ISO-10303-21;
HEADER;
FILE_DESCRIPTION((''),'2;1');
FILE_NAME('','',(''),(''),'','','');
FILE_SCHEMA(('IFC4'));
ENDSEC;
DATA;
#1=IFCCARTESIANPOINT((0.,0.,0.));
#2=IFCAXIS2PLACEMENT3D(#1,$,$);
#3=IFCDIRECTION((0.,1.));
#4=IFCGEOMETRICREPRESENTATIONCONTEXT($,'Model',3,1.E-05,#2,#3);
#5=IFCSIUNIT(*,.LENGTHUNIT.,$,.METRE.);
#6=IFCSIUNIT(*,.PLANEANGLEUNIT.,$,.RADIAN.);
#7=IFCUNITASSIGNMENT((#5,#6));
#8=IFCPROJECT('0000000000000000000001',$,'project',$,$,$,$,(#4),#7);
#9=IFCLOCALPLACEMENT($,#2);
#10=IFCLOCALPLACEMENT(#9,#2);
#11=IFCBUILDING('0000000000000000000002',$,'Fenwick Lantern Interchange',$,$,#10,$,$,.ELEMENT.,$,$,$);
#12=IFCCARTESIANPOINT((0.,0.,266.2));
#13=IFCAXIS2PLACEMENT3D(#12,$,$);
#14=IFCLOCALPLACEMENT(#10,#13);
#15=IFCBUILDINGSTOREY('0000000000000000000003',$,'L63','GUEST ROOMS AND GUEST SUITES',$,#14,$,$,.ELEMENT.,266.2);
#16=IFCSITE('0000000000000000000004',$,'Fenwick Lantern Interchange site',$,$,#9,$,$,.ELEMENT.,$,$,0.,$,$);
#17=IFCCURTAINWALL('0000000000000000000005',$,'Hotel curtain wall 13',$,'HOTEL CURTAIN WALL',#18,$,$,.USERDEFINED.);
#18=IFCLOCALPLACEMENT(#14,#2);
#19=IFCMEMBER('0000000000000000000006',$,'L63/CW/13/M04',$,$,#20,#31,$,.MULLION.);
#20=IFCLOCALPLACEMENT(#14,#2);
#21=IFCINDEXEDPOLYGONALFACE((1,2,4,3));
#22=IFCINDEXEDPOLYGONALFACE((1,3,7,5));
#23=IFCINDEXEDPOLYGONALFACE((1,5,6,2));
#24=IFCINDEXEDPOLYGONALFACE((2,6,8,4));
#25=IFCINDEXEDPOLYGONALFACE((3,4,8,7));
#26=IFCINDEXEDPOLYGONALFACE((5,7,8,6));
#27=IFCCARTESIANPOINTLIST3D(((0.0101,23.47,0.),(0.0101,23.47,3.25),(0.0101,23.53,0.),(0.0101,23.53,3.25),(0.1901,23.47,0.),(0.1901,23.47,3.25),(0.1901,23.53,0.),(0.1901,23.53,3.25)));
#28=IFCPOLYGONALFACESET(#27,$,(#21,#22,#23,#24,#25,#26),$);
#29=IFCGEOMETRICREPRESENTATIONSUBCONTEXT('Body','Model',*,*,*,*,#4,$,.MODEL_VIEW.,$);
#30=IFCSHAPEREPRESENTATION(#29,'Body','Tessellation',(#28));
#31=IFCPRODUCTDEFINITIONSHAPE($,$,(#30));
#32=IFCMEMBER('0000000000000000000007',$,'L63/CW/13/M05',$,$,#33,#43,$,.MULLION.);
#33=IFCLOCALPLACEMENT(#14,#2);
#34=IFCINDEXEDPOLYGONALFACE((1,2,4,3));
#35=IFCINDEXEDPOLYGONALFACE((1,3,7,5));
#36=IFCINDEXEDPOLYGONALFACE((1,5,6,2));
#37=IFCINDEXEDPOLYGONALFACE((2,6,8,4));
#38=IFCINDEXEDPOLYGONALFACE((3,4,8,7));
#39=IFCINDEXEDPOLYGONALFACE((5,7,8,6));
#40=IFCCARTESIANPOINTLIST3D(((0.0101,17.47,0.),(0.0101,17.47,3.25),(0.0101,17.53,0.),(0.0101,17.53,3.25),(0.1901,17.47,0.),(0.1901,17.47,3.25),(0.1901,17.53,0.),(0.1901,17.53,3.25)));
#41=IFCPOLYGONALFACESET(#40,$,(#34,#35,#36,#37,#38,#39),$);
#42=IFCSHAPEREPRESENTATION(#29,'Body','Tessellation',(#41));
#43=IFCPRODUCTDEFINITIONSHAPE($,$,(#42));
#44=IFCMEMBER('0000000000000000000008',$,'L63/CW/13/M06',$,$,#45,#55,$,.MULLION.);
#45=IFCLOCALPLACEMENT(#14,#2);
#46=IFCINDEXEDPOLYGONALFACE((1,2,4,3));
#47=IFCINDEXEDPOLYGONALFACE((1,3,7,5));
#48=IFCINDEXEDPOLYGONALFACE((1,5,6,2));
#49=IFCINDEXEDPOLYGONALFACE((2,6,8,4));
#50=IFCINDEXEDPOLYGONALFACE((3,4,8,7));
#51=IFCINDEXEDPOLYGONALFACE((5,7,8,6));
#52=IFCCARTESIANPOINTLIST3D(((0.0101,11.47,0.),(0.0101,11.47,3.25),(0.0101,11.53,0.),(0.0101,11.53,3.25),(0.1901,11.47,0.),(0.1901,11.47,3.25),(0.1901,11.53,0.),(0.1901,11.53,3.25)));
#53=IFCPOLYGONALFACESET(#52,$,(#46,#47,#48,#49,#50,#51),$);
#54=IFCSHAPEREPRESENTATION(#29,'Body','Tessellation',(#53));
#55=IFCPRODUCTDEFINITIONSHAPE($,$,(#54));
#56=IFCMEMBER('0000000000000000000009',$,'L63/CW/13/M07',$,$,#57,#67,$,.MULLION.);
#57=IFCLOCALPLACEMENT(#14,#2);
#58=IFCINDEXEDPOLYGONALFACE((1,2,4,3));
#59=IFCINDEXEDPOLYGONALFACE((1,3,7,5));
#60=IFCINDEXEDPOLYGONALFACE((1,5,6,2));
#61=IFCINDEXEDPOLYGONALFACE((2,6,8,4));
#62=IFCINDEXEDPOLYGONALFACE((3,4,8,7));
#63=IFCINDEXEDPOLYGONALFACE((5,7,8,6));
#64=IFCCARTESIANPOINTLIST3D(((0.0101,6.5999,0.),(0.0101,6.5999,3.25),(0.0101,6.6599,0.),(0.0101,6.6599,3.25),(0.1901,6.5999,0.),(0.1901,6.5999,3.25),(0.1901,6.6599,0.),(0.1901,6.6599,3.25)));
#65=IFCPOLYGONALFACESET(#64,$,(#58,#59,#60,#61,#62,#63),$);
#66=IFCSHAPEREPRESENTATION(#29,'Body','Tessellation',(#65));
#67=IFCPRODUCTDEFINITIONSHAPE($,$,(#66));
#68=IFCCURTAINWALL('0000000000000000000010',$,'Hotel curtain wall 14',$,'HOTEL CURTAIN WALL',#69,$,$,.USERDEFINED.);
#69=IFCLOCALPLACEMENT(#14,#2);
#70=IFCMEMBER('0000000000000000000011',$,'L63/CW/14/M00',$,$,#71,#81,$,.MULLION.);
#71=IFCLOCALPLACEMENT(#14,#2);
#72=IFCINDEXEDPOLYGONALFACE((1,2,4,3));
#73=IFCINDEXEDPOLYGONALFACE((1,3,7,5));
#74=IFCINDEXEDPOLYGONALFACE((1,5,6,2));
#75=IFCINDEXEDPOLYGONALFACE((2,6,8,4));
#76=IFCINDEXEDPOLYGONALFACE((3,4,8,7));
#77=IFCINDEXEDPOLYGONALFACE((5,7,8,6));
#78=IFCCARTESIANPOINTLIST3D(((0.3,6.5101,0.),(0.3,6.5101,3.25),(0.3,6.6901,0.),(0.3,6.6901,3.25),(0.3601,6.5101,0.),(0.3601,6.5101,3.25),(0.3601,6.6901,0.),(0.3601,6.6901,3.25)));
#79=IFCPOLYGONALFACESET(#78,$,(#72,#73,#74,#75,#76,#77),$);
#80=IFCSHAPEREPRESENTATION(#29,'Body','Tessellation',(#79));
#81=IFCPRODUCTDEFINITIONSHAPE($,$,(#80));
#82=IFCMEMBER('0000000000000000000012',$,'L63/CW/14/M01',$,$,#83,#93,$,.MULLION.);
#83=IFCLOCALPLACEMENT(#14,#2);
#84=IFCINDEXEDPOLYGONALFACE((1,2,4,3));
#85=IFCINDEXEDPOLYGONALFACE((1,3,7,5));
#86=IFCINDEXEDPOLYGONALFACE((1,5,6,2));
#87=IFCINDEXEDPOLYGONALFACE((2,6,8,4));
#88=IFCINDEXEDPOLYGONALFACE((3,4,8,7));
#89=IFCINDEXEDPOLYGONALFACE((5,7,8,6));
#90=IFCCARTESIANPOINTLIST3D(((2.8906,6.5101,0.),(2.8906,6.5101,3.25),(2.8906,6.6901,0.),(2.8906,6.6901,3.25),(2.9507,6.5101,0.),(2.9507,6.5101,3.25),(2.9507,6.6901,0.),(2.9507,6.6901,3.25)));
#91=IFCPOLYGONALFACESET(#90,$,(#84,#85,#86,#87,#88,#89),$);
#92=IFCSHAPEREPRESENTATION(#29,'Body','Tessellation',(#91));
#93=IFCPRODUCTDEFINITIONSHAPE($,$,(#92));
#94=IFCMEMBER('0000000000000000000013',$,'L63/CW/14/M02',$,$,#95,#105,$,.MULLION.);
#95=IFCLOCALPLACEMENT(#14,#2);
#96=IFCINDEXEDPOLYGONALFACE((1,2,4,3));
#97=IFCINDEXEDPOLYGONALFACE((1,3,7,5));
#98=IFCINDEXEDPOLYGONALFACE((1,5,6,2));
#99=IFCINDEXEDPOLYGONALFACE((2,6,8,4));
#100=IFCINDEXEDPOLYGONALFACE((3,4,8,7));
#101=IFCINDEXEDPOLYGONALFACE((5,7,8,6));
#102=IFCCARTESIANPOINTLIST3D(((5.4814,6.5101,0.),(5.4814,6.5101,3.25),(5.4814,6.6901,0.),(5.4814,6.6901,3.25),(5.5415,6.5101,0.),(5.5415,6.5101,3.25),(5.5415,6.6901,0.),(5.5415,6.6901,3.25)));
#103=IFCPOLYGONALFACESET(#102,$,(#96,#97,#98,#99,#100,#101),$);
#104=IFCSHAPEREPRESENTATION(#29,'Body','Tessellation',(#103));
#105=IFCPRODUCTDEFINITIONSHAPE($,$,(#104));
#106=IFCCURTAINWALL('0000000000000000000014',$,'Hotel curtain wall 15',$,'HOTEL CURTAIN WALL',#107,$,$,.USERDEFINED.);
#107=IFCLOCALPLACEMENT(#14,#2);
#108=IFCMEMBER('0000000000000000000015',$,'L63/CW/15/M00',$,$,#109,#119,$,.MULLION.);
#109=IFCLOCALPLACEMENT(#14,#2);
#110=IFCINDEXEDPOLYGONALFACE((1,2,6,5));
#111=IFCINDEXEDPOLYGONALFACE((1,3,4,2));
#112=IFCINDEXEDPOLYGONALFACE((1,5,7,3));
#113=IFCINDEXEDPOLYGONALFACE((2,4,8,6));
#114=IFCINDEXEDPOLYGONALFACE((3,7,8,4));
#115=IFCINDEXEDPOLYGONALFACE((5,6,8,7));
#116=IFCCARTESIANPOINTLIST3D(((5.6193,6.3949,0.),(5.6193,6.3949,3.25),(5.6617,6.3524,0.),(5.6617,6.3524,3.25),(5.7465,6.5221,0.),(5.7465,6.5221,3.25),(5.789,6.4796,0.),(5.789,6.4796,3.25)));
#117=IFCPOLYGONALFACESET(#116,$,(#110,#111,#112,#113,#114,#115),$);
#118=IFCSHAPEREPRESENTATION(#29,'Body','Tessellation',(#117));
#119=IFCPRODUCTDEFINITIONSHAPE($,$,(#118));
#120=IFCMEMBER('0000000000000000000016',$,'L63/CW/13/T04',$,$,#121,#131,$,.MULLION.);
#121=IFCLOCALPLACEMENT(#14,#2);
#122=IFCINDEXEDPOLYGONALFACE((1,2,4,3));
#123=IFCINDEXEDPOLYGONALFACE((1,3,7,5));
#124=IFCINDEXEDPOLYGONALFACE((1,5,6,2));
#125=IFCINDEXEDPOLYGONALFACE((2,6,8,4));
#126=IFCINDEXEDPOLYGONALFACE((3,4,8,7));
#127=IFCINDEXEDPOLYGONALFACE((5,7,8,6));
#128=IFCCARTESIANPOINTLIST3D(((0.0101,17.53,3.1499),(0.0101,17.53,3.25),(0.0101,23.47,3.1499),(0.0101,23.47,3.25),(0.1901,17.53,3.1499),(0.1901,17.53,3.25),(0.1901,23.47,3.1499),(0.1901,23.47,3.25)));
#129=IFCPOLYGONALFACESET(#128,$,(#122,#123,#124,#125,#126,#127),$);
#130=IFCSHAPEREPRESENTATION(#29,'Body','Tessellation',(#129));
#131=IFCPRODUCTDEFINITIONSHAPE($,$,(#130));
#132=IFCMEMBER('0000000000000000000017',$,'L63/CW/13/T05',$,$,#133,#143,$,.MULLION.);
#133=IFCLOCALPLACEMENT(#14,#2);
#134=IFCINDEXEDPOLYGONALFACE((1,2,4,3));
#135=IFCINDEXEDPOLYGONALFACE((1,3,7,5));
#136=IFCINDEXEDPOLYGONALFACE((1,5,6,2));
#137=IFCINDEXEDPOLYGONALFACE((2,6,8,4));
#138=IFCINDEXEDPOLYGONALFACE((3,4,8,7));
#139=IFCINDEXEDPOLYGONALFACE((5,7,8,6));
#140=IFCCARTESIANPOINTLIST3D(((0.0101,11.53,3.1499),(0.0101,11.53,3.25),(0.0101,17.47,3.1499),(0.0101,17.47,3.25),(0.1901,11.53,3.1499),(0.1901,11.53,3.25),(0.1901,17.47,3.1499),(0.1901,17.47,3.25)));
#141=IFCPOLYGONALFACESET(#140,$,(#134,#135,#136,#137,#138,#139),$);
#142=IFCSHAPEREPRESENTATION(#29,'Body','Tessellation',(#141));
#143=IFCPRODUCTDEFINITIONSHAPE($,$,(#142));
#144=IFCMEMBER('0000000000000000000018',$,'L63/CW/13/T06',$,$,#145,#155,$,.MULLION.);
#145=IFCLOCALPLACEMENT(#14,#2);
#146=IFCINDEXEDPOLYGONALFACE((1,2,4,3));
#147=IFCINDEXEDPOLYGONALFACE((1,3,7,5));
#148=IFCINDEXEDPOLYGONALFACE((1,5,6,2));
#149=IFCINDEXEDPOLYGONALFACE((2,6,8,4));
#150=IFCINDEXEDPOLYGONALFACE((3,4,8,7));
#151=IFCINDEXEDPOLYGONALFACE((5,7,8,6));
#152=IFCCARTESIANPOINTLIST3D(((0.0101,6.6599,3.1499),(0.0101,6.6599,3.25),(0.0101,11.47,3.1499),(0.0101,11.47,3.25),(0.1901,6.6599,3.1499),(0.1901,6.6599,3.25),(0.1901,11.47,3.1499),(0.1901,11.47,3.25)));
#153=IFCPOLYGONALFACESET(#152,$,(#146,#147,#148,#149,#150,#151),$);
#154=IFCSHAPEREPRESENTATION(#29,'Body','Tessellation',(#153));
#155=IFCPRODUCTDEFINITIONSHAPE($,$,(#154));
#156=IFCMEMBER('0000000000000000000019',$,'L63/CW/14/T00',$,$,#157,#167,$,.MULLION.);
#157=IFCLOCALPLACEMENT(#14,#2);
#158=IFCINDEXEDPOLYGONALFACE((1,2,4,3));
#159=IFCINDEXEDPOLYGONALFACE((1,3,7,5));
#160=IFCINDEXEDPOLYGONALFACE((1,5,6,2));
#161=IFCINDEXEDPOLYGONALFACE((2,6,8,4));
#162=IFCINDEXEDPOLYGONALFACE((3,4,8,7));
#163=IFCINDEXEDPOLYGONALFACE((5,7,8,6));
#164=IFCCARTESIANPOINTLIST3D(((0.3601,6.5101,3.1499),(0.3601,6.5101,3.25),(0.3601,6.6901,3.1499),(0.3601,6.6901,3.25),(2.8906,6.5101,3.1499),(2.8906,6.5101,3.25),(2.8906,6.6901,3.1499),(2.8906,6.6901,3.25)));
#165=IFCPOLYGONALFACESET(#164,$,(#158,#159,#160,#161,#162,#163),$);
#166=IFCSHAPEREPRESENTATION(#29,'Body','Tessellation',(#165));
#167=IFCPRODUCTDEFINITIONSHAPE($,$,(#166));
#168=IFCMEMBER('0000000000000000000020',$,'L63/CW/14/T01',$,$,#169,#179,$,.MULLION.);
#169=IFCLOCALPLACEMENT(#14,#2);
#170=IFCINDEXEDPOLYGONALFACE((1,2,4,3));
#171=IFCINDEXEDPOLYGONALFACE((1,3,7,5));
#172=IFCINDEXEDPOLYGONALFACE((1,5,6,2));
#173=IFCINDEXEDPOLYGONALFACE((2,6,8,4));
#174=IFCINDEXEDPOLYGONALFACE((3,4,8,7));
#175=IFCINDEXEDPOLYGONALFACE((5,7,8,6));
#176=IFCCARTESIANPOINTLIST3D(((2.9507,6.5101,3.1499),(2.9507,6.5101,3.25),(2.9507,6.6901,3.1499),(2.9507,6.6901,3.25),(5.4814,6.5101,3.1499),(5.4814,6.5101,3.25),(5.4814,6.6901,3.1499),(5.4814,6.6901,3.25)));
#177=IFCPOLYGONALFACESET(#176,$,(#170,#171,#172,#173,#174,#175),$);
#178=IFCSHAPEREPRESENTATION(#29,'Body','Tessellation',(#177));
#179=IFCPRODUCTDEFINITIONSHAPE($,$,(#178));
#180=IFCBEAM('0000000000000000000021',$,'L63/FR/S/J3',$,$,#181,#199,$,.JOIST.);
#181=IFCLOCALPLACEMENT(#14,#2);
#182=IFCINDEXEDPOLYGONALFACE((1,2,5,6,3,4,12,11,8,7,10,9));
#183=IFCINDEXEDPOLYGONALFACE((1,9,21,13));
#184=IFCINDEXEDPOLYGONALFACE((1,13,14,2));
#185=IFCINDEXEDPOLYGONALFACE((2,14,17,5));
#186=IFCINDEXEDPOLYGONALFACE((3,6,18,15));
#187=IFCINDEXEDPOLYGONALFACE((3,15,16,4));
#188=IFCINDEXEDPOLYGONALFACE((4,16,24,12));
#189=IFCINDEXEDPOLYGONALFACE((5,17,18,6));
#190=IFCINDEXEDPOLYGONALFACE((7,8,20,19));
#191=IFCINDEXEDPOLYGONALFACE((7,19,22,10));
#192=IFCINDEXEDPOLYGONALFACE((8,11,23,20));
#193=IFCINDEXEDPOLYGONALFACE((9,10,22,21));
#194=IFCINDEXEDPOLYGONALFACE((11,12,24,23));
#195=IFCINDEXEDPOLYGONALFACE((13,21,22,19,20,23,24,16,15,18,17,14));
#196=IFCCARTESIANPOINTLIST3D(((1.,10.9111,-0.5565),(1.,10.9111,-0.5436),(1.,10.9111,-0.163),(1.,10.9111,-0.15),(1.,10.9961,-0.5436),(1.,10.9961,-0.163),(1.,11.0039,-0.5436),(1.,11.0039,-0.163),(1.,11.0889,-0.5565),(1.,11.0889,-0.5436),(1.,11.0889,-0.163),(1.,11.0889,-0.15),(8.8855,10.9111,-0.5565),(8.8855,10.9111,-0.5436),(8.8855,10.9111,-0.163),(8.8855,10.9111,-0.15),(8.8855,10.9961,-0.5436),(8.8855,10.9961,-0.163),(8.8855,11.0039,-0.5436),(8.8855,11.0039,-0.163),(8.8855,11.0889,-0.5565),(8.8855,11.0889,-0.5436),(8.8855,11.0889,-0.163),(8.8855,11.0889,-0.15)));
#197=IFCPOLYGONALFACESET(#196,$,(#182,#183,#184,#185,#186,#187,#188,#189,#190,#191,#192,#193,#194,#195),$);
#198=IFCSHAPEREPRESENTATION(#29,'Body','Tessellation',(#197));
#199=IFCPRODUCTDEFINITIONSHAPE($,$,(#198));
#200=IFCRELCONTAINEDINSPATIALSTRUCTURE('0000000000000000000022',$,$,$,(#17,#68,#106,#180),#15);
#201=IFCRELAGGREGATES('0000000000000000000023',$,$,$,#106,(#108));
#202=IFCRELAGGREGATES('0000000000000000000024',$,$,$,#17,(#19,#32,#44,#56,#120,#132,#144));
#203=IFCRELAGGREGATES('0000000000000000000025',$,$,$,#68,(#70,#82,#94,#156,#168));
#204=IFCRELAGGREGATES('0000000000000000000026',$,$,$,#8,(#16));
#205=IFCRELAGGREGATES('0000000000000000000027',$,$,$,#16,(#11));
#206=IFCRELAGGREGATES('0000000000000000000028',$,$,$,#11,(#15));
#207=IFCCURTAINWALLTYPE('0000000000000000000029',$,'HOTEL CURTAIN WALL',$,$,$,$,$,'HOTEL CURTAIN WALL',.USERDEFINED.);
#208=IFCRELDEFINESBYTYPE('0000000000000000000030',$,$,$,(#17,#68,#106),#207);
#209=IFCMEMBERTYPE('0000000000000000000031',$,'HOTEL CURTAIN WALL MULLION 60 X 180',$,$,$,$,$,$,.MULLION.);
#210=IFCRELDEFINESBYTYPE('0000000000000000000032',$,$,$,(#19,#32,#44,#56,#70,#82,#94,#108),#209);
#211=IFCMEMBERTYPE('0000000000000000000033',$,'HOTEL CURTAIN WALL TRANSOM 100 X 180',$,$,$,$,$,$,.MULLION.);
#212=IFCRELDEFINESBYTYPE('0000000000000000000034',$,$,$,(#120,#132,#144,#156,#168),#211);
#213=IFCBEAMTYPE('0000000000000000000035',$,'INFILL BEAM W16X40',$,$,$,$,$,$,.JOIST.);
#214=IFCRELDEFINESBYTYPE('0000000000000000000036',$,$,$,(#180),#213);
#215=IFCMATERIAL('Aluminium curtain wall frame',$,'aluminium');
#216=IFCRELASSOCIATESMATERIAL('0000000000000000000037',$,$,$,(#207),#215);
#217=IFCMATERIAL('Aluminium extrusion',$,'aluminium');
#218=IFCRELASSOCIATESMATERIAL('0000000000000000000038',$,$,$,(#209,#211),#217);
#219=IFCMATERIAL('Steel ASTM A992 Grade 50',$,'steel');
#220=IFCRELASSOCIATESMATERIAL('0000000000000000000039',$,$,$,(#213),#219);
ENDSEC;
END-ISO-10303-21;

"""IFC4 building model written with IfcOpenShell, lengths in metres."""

from ifc_helpers import new_model, si_unit, direction, frame, origin, origin_2d, place, context, subcontext, project, spatial, rectangle, i_section, extrude, material, material_profile, profile_set, type_object, element, aggregate, save


model = new_model("IFC4")

# Units and contexts
model_context = context("Model", 3, precision=1e-05, world=origin(), true_north=direction((0.0, 1.0)))
body_context = subcontext(model_context, "Body", "Model", "MODEL_VIEW")
ifc_project = project(units=[si_unit("LENGTHUNIT", "METRE"), si_unit("PLANEANGLEUNIT", "RADIAN")], contexts=[model_context])

# Site, building, storey
site_placement = place(None, origin())
site = spatial("IfcSite", under=ifc_project, at=site_placement, Name="Fenwick Lantern Interchange site", CompositionType="ELEMENT", RefElevation=0.0)
building_placement = place(site_placement, origin())
building = spatial("IfcBuilding", under=site, at=building_placement, Name="Fenwick Lantern Interchange", CompositionType="ELEMENT")
storey_placement = place(building_placement, frame((0.0, 0.0, 266.2)))
storey = spatial("IfcBuildingStorey", under=building, at=storey_placement, Name="L63", Description="GUEST ROOMS AND GUEST SUITES", CompositionType="ELEMENT", Elevation=266.2)

# Shared definitions
ifc_material_1 = material(Name="Steel ASTM A992 Grade 50", Category="steel")

# Curtain walls, members
ifc_material_2 = material(Name="Aluminium curtain wall frame", Category="aluminium")
curtain_wall_type = type_object("IfcCurtainWallType", Name="HOTEL CURTAIN WALL", ElementType="HOTEL CURTAIN WALL", PredefinedType="USERDEFINED", material=ifc_material_2)
curtain_wall_1_placement = place(storey_placement, origin())
curtain_wall_1 = element("IfcCurtainWall", 1, at=curtain_wall_1_placement, inside=storey, type_object=curtain_wall_type, Name="Hotel curtain wall 13", ObjectType="HOTEL CURTAIN WALL", PredefinedType="USERDEFINED")
ifc_material_3 = material(Name="Aluminium extrusion", Category="aluminium")
ifc_material_profile_1 = material_profile(ifc_material_3, rectangle(XDim=0.1799, YDim=0.0601, at=origin_2d()), Name="HOTEL CURTAIN WALL MULLION 60 X 180")
ifc_profile_set_1 = profile_set([ifc_material_profile_1], Name="Aluminium extrusion")
member_type_1 = type_object("IfcMemberType", Name="HOTEL CURTAIN WALL MULLION 60 X 180", PredefinedType="MULLION", material=ifc_profile_set_1)
member_1_placement = place(storey_placement, frame((0.1001, 23.5, 0.0), z_axis=(0.0, 0.0, 1.0), x_axis=(1.0, 0.0, 0.0)))
member_1 = element("IfcMember", 2, at=member_1_placement, type_object=member_type_1, Name="L63/CW/13/M04", PredefinedType="MULLION", context=body_context, shape_type="SweptSolid", body=[
    extrude(rectangle(XDim=0.1799, YDim=0.0601, at=origin_2d()), origin(), (0.0, 0.0, 1.0), 3.25),
])
member_2_placement = place(storey_placement, frame((0.1001, 17.5, 0.0), z_axis=(0.0, 0.0, 1.0), x_axis=(1.0, 0.0, 0.0)))
member_2 = element("IfcMember", 3, at=member_2_placement, type_object=member_type_1, Name="L63/CW/13/M05", PredefinedType="MULLION", context=body_context, shape_type="SweptSolid", body=[
    extrude(rectangle(XDim=0.1799, YDim=0.0601, at=origin_2d()), origin(), (0.0, 0.0, 1.0), 3.25),
])
member_3_placement = place(storey_placement, frame((0.1001, 11.5, 0.0), z_axis=(0.0, 0.0, 1.0), x_axis=(1.0, 0.0, 0.0)))
member_3 = element("IfcMember", 4, at=member_3_placement, type_object=member_type_1, Name="L63/CW/13/M06", PredefinedType="MULLION", context=body_context, shape_type="SweptSolid", body=[
    extrude(rectangle(XDim=0.1799, YDim=0.0601, at=origin_2d()), origin(), (0.0, 0.0, 1.0), 3.25),
])
member_4_placement = place(storey_placement, frame((0.1001, 6.6299, 0.0), z_axis=(0.0, 0.0, 1.0), x_axis=(1.0, 0.0, 0.0)))
member_4 = element("IfcMember", 5, at=member_4_placement, type_object=member_type_1, Name="L63/CW/13/M07", PredefinedType="MULLION", context=body_context, shape_type="SweptSolid", body=[
    extrude(rectangle(XDim=0.1799, YDim=0.0601, at=origin_2d()), origin(), (0.0, 0.0, 1.0), 3.25),
])
curtain_wall_2_placement = place(storey_placement, origin())
curtain_wall_2 = element("IfcCurtainWall", 6, at=curtain_wall_2_placement, inside=storey, type_object=curtain_wall_type, Name="Hotel curtain wall 14", ObjectType="HOTEL CURTAIN WALL", PredefinedType="USERDEFINED")
member_5_placement = place(storey_placement, frame((0.3301, 6.6001, 0.0), z_axis=(0.0, 0.0, 1.0), x_axis=(0.0, 1.0, 0.0)))
member_5 = element("IfcMember", 7, at=member_5_placement, type_object=member_type_1, Name="L63/CW/14/M00", PredefinedType="MULLION", context=body_context, shape_type="SweptSolid", body=[
    extrude(rectangle(XDim=0.1799, YDim=0.0601, at=origin_2d()), origin(), (0.0, 0.0, 1.0), 3.25),
])
member_6_placement = place(storey_placement, frame((2.9207, 6.6001, 0.0), z_axis=(0.0, 0.0, 1.0), x_axis=(0.0, 1.0, 0.0)))
member_6 = element("IfcMember", 8, at=member_6_placement, type_object=member_type_1, Name="L63/CW/14/M01", PredefinedType="MULLION", context=body_context, shape_type="SweptSolid", body=[
    extrude(rectangle(XDim=0.1799, YDim=0.0601, at=origin_2d()), origin(), (0.0, 0.0, 1.0), 3.25),
])
member_7_placement = place(storey_placement, frame((5.5115, 6.6001, 0.0), z_axis=(0.0, 0.0, 1.0), x_axis=(0.0, 1.0, 0.0)))
member_7 = element("IfcMember", 9, at=member_7_placement, type_object=member_type_1, Name="L63/CW/14/M02", PredefinedType="MULLION", context=body_context, shape_type="SweptSolid", body=[
    extrude(rectangle(XDim=0.1799, YDim=0.0601, at=origin_2d()), origin(), (0.0, 0.0, 1.0), 3.25),
])

# Curtain wall, member
curtain_wall_3_placement = place(storey_placement, origin())
curtain_wall_3 = element("IfcCurtainWall", 10, at=curtain_wall_3_placement, inside=storey, type_object=curtain_wall_type, Name="Hotel curtain wall 15", ObjectType="HOTEL CURTAIN WALL", PredefinedType="USERDEFINED")
member_8_placement = place(storey_placement, frame((5.7041, 6.4373, 0.0), z_axis=(0.0, 0.0, 1.0), x_axis=(0.707107, 0.707107, 0.0)))
member_8 = element("IfcMember", 11, at=member_8_placement, type_object=member_type_1, Name="L63/CW/15/M00", PredefinedType="MULLION", context=body_context, shape_type="SweptSolid", body=[
    extrude(rectangle(XDim=0.1799, YDim=0.0601, at=origin_2d()), origin(), (0.0, 0.0, 1.0), 3.25),
])
aggregate(curtain_wall_3, [member_8])

# Members
ifc_material_profile_2 = material_profile(ifc_material_3, rectangle(XDim=0.1799, YDim=0.1001, at=origin_2d()), Name="HOTEL CURTAIN WALL TRANSOM 100 X 180")
ifc_profile_set_2 = profile_set([ifc_material_profile_2], Name="Aluminium extrusion")
member_type_2 = type_object("IfcMemberType", Name="HOTEL CURTAIN WALL TRANSOM 100 X 180", PredefinedType="MULLION", material=ifc_profile_set_2)
member_9_placement = place(storey_placement, frame((0.1001, 23.47, 3.2), z_axis=(0.0, -1.0, 0.0), x_axis=(1.0, 0.0, 0.0)))
member_9 = element("IfcMember", 12, at=member_9_placement, type_object=member_type_2, Name="L63/CW/13/T04", PredefinedType="MULLION", context=body_context, shape_type="SweptSolid", body=[
    extrude(rectangle(XDim=0.1799, YDim=0.1001, at=origin_2d()), origin(), (0.0, 0.0, 1.0), 5.9399),
])
member_10_placement = place(storey_placement, frame((0.1001, 17.47, 3.2), z_axis=(0.0, -1.0, 0.0), x_axis=(1.0, 0.0, 0.0)))
member_10 = element("IfcMember", 13, at=member_10_placement, type_object=member_type_2, Name="L63/CW/13/T05", PredefinedType="MULLION", context=body_context, shape_type="SweptSolid", body=[
    extrude(rectangle(XDim=0.1799, YDim=0.1001, at=origin_2d()), origin(), (0.0, 0.0, 1.0), 5.9399),
])
member_11_placement = place(storey_placement, frame((0.1001, 11.47, 3.2), z_axis=(0.0, -1.0, 0.0), x_axis=(1.0, 0.0, 0.0)))
member_11 = element("IfcMember", 14, at=member_11_placement, type_object=member_type_2, Name="L63/CW/13/T06", PredefinedType="MULLION", context=body_context, shape_type="SweptSolid", body=[
    extrude(rectangle(XDim=0.1799, YDim=0.1001, at=origin_2d()), origin(), (0.0, 0.0, 1.0), 4.8101),
])
aggregate(curtain_wall_1, [member_1, member_2, member_3, member_4, member_9, member_10, member_11])
member_12_placement = place(storey_placement, frame((0.3601, 6.6001, 3.2), z_axis=(1.0, 0.0, 0.0), x_axis=(0.0, 1.0, 0.0)))
member_12 = element("IfcMember", 15, at=member_12_placement, type_object=member_type_2, Name="L63/CW/14/T00", PredefinedType="MULLION", context=body_context, shape_type="SweptSolid", body=[
    extrude(rectangle(XDim=0.1799, YDim=0.1001, at=origin_2d()), origin(), (0.0, 0.0, 1.0), 2.5305),
])
member_13_placement = place(storey_placement, frame((2.9507, 6.6001, 3.2), z_axis=(1.0, 0.0, 0.0), x_axis=(0.0, 1.0, 0.0)))
member_13 = element("IfcMember", 16, at=member_13_placement, type_object=member_type_2, Name="L63/CW/14/T01", PredefinedType="MULLION", context=body_context, shape_type="SweptSolid", body=[
    extrude(rectangle(XDim=0.1799, YDim=0.1001, at=origin_2d()), origin(), (0.0, 0.0, 1.0), 2.5308),
])

# Beam
ifc_material_profile_3 = material_profile(ifc_material_1, i_section(OverallWidth=0.1777, OverallDepth=0.4065, WebThickness=0.0078, FlangeThickness=0.0129, at=origin_2d()), Name="W16X40")
ifc_profile_set_3 = profile_set([ifc_material_profile_3], Name="Steel ASTM A992 Grade 50")
beam_type_1 = type_object("IfcBeamType", Name="INFILL BEAM W16X40", PredefinedType="JOIST", material=ifc_profile_set_3)
beam_1_placement = place(storey_placement, frame((1.0, 11.0, -0.3533), z_axis=(1.0, 0.0, 0.0), x_axis=(0.0, 1.0, 0.0)))
element("IfcBeam", 17, at=beam_1_placement, inside=storey, type_object=beam_type_1, Name="L63/FR/S/J3", PredefinedType="JOIST", context=body_context, shape_type="SweptSolid", body=[
    extrude(i_section(OverallWidth=0.1777, OverallDepth=0.4065, WebThickness=0.0078, FlangeThickness=0.0129, at=origin_2d()), origin(), (0.0, 0.0, 1.0), 7.8855),
])

aggregate(curtain_wall_2, [member_5, member_6, member_7, member_12, member_13])

save(model, "model.ifc")
